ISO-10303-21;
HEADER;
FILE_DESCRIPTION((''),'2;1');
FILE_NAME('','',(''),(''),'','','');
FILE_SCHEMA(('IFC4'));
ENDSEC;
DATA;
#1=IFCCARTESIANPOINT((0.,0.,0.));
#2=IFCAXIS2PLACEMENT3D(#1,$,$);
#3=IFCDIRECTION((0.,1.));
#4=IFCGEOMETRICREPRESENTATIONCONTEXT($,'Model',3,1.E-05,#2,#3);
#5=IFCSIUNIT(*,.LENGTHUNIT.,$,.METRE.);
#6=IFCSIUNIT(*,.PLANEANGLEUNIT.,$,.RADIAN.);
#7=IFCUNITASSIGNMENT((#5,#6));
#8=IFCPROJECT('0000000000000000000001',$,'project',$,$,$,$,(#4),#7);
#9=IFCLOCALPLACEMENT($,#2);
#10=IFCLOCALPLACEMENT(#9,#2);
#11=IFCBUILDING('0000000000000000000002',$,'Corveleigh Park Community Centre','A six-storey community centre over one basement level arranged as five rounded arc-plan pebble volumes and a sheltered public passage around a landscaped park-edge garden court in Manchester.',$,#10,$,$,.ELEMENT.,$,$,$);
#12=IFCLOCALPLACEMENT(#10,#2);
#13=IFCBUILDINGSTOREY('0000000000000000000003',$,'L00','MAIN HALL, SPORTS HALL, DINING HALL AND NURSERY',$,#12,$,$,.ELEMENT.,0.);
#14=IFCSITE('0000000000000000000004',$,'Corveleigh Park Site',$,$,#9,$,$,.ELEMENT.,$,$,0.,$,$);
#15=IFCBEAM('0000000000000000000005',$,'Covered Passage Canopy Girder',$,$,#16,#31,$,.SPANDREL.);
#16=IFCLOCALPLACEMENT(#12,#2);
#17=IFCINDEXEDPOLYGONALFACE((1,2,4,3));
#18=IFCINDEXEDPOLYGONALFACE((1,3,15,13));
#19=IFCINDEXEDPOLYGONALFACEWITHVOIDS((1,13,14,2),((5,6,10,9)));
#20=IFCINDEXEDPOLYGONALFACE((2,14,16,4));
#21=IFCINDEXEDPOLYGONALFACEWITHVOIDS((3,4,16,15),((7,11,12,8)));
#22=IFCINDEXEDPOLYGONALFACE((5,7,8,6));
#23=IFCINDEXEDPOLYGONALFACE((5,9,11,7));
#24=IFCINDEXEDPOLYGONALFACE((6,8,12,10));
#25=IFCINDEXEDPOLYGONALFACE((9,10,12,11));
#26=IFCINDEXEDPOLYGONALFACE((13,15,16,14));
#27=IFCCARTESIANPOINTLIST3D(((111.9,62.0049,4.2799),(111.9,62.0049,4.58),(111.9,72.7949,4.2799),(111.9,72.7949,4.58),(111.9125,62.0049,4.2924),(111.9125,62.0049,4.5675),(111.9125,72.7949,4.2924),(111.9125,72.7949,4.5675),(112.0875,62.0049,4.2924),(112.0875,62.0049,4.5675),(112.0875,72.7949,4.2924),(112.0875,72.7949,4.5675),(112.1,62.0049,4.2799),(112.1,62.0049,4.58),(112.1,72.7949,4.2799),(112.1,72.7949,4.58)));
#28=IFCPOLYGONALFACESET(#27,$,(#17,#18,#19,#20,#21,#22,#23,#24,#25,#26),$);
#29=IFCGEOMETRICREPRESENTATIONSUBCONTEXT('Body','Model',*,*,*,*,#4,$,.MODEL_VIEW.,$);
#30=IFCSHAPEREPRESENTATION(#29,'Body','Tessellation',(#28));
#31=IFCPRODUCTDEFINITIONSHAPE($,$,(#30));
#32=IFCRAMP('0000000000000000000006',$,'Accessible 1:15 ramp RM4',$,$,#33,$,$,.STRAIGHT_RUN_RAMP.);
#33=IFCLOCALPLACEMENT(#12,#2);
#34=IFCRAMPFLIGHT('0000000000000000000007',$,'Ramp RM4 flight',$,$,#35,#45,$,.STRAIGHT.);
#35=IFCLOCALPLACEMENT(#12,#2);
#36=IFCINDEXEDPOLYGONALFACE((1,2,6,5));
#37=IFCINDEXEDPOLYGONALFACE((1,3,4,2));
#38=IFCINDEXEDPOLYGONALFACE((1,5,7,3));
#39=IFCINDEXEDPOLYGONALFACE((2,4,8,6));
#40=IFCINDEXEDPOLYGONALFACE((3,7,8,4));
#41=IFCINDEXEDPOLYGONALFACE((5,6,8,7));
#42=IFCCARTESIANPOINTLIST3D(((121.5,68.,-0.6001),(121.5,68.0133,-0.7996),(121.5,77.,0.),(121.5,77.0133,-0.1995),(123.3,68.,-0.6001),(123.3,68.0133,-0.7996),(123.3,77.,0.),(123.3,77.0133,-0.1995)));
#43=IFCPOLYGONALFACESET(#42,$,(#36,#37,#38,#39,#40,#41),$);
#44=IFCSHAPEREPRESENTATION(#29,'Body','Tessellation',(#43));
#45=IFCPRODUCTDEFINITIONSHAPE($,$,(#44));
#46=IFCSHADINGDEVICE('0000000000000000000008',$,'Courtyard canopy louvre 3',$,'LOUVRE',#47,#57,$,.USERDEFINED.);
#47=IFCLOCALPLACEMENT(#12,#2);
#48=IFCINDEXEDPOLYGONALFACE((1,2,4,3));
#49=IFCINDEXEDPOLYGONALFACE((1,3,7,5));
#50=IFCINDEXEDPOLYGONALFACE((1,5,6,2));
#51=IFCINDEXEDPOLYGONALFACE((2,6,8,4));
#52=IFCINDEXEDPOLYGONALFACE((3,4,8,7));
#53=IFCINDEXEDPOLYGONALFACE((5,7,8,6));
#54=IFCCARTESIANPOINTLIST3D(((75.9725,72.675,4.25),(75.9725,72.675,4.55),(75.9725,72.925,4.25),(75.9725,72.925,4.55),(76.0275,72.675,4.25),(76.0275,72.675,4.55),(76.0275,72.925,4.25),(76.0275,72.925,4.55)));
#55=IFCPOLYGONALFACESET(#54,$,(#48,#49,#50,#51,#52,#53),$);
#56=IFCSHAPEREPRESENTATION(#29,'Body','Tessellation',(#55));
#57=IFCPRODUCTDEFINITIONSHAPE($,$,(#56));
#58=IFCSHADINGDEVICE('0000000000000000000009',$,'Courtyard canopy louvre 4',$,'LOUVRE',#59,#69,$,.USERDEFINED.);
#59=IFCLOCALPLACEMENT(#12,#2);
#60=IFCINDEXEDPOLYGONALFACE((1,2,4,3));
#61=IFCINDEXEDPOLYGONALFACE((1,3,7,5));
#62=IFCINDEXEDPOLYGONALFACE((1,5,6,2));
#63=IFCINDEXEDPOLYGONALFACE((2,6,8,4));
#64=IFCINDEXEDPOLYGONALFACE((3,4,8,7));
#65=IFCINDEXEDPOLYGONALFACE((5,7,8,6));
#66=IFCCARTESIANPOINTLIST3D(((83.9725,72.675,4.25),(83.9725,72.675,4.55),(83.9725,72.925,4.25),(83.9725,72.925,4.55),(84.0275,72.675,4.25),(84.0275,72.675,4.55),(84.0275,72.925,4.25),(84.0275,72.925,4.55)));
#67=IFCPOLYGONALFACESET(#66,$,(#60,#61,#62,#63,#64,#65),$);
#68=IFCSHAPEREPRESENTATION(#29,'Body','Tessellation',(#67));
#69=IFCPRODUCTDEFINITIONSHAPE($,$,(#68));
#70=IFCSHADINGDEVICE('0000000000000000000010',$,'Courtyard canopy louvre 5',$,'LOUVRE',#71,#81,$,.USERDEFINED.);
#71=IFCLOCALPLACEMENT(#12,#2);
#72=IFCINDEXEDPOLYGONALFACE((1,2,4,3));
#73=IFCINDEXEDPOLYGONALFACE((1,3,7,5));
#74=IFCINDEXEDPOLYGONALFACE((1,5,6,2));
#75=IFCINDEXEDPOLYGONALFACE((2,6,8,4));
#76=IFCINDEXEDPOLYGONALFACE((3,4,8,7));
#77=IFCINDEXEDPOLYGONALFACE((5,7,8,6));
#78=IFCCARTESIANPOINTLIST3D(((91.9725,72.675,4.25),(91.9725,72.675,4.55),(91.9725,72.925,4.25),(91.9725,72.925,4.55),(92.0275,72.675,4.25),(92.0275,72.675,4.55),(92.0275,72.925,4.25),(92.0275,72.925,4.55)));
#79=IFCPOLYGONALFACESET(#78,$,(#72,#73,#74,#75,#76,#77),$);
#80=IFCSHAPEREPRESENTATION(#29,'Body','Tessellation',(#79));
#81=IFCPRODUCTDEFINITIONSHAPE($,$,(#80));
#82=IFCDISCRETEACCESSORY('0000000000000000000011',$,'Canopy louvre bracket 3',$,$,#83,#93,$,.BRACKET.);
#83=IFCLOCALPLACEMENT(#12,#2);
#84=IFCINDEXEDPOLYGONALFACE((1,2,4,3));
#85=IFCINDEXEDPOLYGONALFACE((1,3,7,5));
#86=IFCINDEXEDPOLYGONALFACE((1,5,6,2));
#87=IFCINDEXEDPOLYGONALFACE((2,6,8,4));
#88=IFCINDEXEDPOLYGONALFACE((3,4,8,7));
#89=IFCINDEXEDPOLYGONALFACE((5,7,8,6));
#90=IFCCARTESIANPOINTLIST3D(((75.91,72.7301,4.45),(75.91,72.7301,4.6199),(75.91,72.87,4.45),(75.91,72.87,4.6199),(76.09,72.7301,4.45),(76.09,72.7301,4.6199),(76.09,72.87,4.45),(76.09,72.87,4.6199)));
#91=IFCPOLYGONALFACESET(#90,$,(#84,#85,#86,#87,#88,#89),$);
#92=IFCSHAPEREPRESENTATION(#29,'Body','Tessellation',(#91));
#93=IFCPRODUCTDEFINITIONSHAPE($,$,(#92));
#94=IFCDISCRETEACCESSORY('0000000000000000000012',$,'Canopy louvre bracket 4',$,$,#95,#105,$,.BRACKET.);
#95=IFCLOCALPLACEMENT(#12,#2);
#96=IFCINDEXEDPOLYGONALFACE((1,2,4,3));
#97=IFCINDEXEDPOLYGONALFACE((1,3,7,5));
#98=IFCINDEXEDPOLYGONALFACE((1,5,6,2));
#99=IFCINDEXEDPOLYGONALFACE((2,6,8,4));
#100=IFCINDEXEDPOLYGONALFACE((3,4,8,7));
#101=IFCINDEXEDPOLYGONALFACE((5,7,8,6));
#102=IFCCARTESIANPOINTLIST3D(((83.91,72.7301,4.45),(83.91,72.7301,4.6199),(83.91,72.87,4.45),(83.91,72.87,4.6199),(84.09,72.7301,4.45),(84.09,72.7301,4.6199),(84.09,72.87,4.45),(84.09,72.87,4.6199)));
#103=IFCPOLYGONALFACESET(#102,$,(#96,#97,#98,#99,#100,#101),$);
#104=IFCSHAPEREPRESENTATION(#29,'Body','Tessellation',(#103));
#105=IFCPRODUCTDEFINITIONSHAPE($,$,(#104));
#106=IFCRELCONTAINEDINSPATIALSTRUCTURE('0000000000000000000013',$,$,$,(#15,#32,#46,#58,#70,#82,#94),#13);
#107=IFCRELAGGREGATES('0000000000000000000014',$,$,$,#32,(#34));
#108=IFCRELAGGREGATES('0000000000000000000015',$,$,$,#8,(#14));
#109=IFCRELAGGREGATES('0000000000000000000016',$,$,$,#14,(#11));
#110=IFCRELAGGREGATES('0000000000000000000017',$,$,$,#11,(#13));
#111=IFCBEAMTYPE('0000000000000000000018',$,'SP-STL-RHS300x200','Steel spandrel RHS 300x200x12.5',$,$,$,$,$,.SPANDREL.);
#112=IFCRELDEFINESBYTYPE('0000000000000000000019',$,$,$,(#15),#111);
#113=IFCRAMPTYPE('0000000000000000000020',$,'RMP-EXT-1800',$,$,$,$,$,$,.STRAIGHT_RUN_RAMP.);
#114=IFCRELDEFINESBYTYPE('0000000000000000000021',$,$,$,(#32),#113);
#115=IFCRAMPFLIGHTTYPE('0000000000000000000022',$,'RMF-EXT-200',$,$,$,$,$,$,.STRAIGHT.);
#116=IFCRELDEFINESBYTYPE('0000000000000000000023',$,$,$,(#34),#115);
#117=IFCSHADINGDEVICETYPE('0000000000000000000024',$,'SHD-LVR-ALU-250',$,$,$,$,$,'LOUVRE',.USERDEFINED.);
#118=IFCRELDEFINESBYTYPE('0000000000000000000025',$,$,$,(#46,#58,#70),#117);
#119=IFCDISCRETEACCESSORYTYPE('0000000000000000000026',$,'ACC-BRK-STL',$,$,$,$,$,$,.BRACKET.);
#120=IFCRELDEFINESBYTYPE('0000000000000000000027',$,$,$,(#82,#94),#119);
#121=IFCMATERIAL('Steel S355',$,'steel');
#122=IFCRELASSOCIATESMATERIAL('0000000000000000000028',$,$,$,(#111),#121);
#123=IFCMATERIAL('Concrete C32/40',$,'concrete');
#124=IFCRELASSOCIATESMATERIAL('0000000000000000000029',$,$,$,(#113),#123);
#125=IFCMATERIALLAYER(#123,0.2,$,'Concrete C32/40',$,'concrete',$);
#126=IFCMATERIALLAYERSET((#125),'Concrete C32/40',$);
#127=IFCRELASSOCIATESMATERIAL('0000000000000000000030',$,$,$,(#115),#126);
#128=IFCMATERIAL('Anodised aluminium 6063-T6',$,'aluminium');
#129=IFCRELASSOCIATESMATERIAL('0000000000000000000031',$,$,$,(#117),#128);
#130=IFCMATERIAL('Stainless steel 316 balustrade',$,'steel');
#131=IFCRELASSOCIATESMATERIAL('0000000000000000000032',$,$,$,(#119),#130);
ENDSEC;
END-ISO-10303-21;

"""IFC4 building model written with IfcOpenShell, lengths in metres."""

from ifc_helpers import new_model, si_unit, direction, frame, origin, origin_2d, place, context, subcontext, project, spatial, polyline, rectangle, hollow_rectangle, outline, extrude, material, layer, layer_set, material_profile, profile_set, type_object, element, aggregate, save


model = new_model("IFC4")

# Units and contexts
model_context = context("Model", 3, precision=1e-05, world=origin(), true_north=direction((0.0, 1.0)))
body_context = subcontext(model_context, "Body", "Model", "MODEL_VIEW")
ifc_project = project(units=[si_unit("LENGTHUNIT", "METRE"), si_unit("PLANEANGLEUNIT", "RADIAN")], contexts=[model_context])

# Site, building, storey
site_placement = place(None, origin())
site = spatial("IfcSite", under=ifc_project, at=site_placement, Name="Corveleigh Park Site", CompositionType="ELEMENT", RefElevation=0.0)
building_placement = place(site_placement, origin())
building = spatial("IfcBuilding", under=site, at=building_placement, Name="Corveleigh Park Community Centre", Description="A six-storey community centre over one basement level arranged as five rounded arc-plan pebble volumes and a sheltered public passage around a landscaped park-edge garden court in Manchester.", CompositionType="ELEMENT")
storey_placement = place(building_placement, origin())
storey = spatial("IfcBuildingStorey", under=building, at=storey_placement, Name="L00", Description="MAIN HALL, SPORTS HALL, DINING HALL AND NURSERY", CompositionType="ELEMENT", Elevation=0.0)

# Beam
ifc_material_1 = material(Name="Steel S355", Category="steel")
ifc_material_profile_1 = material_profile(ifc_material_1, hollow_rectangle(XDim=0.2, YDim=0.3, WallThickness=0.0125, at=origin_2d()), Name="RHS 300x200x12.5", Category="steel")
ifc_profile_set_1 = profile_set([ifc_material_profile_1], Name="Steel S355")
beam_type = type_object("IfcBeamType", Name="SP-STL-RHS300x200", Description="Steel spandrel RHS 300x200x12.5", PredefinedType="SPANDREL", material=ifc_profile_set_1)
beam_placement = place(storey_placement, frame((112.0, 72.7949, 4.4299), z_axis=(0.0, -1.0, 0.0), x_axis=(1.0, 0.0, 0.0)))
element("IfcBeam", 1, at=beam_placement, inside=storey, type_object=beam_type, Name="Covered Passage Canopy Girder", PredefinedType="SPANDREL", context=body_context, shape_type="SweptSolid", body=[
    extrude(hollow_rectangle(XDim=0.2, YDim=0.3, WallThickness=0.0125, at=origin_2d()), origin(), (0.0, 0.0, 1.0), 10.79),
])

# Ramp, ramp flight
ifc_material_2 = material(Name="Concrete C32/40", Category="concrete")
ramp_type = type_object("IfcRampType", Name="RMP-EXT-1800", PredefinedType="STRAIGHT_RUN_RAMP", material=ifc_material_2)
ramp_placement = place(storey_placement, origin())
ramp = element("IfcRamp", 2, at=ramp_placement, inside=storey, type_object=ramp_type, Name="Accessible 1:15 ramp RM4", PredefinedType="STRAIGHT_RUN_RAMP")
ifc_layer = layer(ifc_material_2, 0.2, Name="Concrete C32/40", Category="concrete")
ifc_layer_set = layer_set([ifc_layer], Name="Concrete C32/40")
ramp_flight_type = type_object("IfcRampFlightType", Name="RMF-EXT-200", PredefinedType="STRAIGHT", material=ifc_layer_set)
ramp_flight_placement = place(storey_placement, frame((123.3, 68.0, -0.6001), z_axis=(0.0, -0.06653, 0.997784), x_axis=(0.0, 0.997784, 0.06653)))
ramp_flight = element("IfcRampFlight", 3, at=ramp_flight_placement, type_object=ramp_flight_type, Name="Ramp RM4 flight", PredefinedType="STRAIGHT", context=body_context, shape_type="SweptSolid", body=[
    extrude(outline(polyline([(0.0, 0.0), (9.02, 0.0), (9.02, 1.8), (0.0, 1.8), (0.0, 0.0)])), origin(), (0.0, 0.0, -1.0), 0.2),
])
aggregate(ramp, [ramp_flight])

# Shared definitions
ifc_material_3 = material(Name="Stainless steel 316 balustrade", Category="steel")

# Shading devices
ifc_material_4 = material(Name="Anodised aluminium 6063-T6", Category="aluminium")
shading_device_type = type_object("IfcShadingDeviceType", Name="SHD-LVR-ALU-250", ElementType="LOUVRE", PredefinedType="USERDEFINED", material=ifc_material_4)
for number, where, z_axis, x_axis, name in (
    (4, (76.0, 72.8, 4.25), (0.0, 0.0, 1.0), (1.0, 0.0, 0.0), "Courtyard canopy louvre 3"),
    (5, (84.0, 72.8, 4.25), (0.0, 0.0, 1.0), (1.0, 0.0, 0.0), "Courtyard canopy louvre 4"),
    (6, (92.0, 72.8, 4.25), (0.0, 0.0, 1.0), (1.0, 0.0, 0.0), "Courtyard canopy louvre 5"),
):
    element("IfcShadingDevice", number, at=place(storey_placement, frame(where, z_axis=z_axis, x_axis=x_axis)), inside=storey, type_object=shading_device_type, Name=name, ObjectType="LOUVRE", PredefinedType="USERDEFINED", context=body_context, shape_type="SweptSolid", body=[
        extrude(rectangle(XDim=0.0549, YDim=0.25, at=origin_2d()), origin(), (0.0, 0.0, 1.0), 0.3),
    ])

# Discrete accessories
discrete_accessory_type = type_object("IfcDiscreteAccessoryType", Name="ACC-BRK-STL", PredefinedType="BRACKET", material=ifc_material_3)
for number, where, z_axis, x_axis, name in (
    (7, (76.0, 72.8, 4.45), (0.0, 0.0, 1.0), (1.0, 0.0, 0.0), "Canopy louvre bracket 3"),
    (8, (84.0, 72.8, 4.45), (0.0, 0.0, 1.0), (1.0, 0.0, 0.0), "Canopy louvre bracket 4"),
):
    element("IfcDiscreteAccessory", number, at=place(storey_placement, frame(where, z_axis=z_axis, x_axis=x_axis)), inside=storey, type_object=discrete_accessory_type, Name=name, PredefinedType="BRACKET", context=body_context, shape_type="SweptSolid", body=[
        extrude(rectangle(XDim=0.1799, YDim=0.1399, at=origin_2d()), origin(), (0.0, 0.0, 1.0), 0.1699),
    ])

save(model, "model.ifc")
